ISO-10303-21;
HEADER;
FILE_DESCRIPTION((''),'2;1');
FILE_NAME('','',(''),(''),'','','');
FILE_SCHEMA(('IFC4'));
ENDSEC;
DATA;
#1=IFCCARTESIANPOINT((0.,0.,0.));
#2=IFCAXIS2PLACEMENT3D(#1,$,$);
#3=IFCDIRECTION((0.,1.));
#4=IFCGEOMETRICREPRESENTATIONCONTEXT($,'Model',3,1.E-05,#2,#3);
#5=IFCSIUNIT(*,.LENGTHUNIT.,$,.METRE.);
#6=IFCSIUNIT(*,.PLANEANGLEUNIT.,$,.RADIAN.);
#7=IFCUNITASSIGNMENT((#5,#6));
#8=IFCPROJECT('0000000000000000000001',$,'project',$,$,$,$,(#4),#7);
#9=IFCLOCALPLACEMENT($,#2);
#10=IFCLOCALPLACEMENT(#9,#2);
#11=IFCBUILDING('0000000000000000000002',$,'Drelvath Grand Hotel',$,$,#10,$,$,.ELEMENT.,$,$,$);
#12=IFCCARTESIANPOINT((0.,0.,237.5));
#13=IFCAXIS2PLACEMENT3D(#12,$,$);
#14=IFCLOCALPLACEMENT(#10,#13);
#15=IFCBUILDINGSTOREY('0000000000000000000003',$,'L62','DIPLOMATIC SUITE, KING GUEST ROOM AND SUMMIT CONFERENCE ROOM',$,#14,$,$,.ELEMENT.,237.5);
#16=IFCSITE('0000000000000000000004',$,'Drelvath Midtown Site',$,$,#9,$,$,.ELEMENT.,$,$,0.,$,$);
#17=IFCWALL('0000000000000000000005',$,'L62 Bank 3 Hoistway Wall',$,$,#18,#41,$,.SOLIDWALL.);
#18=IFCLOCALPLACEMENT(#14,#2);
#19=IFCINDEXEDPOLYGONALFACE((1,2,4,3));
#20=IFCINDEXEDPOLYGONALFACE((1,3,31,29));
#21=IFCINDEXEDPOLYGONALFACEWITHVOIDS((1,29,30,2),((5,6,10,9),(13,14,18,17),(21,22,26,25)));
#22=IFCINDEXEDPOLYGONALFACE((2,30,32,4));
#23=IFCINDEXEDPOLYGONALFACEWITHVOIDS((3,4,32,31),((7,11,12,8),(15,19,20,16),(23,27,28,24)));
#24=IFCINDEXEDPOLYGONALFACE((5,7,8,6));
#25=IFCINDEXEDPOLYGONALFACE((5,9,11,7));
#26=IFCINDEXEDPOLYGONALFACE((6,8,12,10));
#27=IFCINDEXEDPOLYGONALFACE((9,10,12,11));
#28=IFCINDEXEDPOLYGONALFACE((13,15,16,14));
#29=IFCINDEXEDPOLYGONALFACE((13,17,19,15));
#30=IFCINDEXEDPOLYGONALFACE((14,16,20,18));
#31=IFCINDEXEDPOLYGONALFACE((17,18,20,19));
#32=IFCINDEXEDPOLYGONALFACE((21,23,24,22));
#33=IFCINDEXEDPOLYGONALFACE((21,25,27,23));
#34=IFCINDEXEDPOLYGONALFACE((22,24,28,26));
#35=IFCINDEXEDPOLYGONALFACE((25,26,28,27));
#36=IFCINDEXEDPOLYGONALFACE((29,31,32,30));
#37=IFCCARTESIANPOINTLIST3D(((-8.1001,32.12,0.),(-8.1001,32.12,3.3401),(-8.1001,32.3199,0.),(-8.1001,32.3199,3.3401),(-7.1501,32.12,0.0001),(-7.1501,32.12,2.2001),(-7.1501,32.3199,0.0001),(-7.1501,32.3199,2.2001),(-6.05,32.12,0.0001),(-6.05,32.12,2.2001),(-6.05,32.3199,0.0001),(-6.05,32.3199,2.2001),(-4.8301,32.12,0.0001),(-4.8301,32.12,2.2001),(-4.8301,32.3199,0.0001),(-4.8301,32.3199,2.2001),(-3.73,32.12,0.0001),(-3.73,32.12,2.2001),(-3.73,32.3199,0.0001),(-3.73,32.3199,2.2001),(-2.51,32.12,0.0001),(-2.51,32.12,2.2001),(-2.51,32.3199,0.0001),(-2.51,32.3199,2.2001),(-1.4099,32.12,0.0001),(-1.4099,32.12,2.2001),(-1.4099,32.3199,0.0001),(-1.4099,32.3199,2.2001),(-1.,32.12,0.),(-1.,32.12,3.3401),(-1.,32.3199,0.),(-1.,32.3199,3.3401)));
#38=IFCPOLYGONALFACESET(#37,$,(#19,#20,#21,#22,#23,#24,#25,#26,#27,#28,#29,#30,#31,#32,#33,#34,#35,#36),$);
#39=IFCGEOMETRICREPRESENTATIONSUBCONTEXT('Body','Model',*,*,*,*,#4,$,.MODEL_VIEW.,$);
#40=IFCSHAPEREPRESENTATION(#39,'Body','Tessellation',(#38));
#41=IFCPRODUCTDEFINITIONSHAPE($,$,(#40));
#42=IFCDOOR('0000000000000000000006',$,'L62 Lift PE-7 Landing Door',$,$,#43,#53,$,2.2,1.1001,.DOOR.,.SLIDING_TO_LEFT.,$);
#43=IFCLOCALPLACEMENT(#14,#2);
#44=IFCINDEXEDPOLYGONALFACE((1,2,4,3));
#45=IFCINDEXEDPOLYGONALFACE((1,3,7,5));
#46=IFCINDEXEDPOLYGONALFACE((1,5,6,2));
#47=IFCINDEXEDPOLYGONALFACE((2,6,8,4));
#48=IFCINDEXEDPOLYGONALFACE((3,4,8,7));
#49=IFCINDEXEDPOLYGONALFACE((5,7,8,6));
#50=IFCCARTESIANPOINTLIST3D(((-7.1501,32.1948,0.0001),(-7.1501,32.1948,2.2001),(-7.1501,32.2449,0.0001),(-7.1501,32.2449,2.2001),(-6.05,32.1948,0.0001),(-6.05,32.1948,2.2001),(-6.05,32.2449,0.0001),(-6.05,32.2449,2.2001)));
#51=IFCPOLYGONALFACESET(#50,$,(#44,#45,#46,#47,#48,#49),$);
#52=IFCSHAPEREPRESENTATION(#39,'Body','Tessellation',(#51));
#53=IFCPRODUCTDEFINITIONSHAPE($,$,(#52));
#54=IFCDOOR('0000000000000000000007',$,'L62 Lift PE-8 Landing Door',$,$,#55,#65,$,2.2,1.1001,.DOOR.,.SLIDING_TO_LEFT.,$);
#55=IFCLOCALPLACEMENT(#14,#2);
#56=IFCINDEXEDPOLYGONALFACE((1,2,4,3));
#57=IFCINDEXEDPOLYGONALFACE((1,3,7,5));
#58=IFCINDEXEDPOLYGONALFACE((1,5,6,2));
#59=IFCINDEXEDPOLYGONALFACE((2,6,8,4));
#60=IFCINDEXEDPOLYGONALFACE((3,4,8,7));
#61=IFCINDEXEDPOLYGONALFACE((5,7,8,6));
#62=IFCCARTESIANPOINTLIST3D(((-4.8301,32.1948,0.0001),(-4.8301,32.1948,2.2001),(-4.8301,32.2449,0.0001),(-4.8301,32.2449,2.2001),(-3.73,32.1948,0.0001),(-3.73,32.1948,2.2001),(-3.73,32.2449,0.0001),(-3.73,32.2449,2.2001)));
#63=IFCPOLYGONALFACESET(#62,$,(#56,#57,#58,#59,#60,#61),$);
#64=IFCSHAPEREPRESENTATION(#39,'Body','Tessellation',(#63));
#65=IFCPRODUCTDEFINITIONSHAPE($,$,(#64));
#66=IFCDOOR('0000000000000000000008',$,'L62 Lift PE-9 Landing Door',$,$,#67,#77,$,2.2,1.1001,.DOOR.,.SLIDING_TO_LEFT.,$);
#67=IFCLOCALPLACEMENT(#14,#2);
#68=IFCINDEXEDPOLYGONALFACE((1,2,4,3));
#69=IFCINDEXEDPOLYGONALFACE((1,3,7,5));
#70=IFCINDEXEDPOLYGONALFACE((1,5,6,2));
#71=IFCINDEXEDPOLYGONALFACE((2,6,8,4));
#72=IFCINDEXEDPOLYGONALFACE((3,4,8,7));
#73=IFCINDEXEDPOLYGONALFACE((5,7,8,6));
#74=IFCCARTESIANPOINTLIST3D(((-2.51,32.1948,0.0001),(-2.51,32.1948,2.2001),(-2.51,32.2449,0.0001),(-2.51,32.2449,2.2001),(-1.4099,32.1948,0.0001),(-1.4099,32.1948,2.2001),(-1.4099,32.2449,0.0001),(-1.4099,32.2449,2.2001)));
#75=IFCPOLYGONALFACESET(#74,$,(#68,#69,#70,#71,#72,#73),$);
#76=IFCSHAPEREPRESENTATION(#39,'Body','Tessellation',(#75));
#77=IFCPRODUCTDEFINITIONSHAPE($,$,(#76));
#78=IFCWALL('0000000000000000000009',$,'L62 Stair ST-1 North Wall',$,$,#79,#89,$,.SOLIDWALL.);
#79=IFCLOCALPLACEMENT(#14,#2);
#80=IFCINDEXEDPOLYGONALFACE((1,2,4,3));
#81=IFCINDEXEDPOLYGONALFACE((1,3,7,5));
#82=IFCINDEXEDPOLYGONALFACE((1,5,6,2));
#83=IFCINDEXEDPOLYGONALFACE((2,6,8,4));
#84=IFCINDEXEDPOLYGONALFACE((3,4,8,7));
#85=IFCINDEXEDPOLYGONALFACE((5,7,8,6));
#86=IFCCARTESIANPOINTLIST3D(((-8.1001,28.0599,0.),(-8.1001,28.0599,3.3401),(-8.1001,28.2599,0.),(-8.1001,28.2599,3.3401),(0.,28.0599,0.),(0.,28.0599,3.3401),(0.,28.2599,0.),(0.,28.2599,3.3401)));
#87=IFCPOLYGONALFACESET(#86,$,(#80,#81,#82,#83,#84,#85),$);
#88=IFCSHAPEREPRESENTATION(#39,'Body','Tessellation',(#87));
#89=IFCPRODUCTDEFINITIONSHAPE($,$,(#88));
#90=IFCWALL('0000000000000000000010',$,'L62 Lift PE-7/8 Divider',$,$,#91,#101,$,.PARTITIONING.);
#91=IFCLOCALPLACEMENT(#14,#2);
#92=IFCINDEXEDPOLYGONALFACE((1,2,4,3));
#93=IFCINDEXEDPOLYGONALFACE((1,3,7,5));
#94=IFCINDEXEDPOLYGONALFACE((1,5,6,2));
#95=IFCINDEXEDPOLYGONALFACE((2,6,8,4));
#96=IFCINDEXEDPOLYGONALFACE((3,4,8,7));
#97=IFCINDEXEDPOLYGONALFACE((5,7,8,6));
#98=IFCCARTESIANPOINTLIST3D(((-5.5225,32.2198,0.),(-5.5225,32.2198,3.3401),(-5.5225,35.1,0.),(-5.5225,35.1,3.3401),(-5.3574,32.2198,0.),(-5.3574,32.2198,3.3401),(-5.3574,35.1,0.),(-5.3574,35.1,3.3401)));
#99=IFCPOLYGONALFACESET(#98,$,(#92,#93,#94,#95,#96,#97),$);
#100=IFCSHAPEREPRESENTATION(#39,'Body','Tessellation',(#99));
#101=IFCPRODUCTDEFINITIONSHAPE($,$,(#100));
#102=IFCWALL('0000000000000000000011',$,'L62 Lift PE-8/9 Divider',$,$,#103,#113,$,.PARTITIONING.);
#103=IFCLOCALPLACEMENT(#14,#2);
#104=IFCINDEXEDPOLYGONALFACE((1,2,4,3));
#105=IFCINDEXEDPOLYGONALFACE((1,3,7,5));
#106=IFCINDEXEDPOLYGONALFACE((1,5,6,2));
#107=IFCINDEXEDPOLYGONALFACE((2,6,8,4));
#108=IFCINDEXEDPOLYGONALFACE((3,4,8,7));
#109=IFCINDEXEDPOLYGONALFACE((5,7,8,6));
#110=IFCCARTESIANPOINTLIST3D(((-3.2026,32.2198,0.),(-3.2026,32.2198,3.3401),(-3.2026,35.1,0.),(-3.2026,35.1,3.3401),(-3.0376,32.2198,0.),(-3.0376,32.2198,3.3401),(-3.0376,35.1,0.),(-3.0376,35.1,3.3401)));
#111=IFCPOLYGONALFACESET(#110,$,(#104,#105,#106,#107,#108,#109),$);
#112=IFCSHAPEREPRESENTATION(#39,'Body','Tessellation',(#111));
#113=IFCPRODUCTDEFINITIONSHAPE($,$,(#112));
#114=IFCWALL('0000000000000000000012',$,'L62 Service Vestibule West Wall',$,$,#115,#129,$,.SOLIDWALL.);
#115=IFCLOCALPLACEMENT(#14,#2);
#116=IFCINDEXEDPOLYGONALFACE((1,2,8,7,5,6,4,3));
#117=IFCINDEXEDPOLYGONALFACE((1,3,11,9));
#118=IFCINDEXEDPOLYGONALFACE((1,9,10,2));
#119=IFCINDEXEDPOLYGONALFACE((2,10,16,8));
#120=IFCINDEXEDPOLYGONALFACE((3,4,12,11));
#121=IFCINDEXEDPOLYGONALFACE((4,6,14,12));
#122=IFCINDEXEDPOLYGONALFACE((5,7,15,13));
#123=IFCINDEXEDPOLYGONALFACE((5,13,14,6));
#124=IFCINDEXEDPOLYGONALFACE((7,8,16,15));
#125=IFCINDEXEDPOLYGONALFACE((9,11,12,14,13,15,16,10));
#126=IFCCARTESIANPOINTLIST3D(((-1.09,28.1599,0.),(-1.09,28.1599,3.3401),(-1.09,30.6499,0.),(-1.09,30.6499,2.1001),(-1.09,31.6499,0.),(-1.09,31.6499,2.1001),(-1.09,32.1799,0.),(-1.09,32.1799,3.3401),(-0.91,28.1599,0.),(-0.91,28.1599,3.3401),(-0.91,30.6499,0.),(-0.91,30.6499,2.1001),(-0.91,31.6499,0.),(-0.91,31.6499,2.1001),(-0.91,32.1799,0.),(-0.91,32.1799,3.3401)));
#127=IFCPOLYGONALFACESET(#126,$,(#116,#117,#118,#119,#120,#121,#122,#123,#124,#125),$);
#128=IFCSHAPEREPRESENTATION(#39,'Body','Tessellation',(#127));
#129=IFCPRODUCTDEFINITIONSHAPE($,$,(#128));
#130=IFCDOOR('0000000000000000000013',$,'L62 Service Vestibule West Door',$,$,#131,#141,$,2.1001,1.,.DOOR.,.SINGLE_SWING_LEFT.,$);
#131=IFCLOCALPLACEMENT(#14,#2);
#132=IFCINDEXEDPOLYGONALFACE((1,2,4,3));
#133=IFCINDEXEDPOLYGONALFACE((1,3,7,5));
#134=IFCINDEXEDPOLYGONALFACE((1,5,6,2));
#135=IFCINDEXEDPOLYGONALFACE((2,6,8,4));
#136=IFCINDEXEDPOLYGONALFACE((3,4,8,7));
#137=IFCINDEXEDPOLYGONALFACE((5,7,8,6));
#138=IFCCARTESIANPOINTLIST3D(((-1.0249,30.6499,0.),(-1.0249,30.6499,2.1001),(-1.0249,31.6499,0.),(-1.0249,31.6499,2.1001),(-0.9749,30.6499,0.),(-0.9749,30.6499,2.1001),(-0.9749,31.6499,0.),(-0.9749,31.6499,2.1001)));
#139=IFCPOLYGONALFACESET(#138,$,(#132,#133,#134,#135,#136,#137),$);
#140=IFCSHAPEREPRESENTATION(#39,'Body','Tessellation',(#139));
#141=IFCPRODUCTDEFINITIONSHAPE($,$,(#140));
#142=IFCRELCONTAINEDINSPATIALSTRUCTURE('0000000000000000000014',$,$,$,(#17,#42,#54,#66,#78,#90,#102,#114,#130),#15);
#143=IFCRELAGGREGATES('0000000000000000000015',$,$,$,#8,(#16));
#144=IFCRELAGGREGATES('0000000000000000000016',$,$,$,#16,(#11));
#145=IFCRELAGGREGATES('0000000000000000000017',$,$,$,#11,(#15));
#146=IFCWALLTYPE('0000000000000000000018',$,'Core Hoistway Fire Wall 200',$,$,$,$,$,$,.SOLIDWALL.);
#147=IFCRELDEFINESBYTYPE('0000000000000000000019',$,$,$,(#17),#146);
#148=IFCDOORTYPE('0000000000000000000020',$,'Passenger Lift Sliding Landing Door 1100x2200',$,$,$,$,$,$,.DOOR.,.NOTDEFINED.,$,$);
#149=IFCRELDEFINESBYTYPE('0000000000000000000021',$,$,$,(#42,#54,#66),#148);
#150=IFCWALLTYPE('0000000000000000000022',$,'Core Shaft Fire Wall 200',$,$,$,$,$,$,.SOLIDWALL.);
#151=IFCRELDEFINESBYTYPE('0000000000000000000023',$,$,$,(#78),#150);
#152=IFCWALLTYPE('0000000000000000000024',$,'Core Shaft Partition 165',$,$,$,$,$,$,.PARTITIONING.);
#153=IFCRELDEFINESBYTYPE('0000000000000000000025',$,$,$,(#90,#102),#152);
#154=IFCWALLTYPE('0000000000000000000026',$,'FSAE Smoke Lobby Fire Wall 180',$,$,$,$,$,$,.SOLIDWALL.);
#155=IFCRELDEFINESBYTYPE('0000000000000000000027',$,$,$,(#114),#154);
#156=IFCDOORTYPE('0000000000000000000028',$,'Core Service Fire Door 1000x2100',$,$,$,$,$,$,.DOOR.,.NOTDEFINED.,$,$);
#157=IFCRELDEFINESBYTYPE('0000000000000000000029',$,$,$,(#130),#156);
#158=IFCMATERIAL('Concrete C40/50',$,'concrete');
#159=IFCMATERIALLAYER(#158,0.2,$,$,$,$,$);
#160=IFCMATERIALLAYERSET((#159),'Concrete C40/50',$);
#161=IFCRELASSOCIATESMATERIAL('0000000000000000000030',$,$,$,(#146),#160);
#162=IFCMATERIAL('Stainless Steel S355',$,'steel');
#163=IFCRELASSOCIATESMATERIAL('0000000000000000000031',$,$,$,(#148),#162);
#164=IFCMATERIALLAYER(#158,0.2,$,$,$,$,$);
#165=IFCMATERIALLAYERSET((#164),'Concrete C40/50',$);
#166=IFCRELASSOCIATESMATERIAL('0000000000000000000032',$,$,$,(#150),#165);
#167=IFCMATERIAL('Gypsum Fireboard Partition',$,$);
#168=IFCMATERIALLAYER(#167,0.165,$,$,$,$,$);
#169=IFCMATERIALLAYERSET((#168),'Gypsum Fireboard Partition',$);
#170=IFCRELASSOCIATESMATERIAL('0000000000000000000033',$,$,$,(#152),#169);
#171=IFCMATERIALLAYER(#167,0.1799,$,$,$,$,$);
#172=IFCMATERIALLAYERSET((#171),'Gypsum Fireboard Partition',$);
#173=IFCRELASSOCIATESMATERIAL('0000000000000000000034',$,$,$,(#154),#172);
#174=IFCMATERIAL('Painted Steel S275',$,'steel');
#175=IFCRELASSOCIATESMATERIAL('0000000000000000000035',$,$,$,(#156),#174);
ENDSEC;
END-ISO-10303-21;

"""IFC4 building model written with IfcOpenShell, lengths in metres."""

from ifc_helpers import new_model, si_unit, direction, frame, frame_2d, origin, place, context, subcontext, project, spatial, rectangle, extrude, material, layer, layer_set, type_object, element, fill, save


model = new_model("IFC4")

# Units and contexts
model_context = context("Model", 3, precision=1e-05, world=origin(), true_north=direction((0.0, 1.0)))
body_context = subcontext(model_context, "Body", "Model", "MODEL_VIEW")
ifc_project = project(units=[si_unit("LENGTHUNIT", "METRE"), si_unit("PLANEANGLEUNIT", "RADIAN")], contexts=[model_context])

# Site, building, storey
site_placement = place(None, origin())
site = spatial("IfcSite", under=ifc_project, at=site_placement, Name="Drelvath Midtown Site", CompositionType="ELEMENT", RefElevation=0.0)
building_placement = place(site_placement, origin())
building = spatial("IfcBuilding", under=site, at=building_placement, Name="Drelvath Grand Hotel", CompositionType="ELEMENT")
storey_placement = place(building_placement, frame((0.0, 0.0, 237.5)))
storey = spatial("IfcBuildingStorey", under=building, at=storey_placement, Name="L62", Description="DIPLOMATIC SUITE, KING GUEST ROOM AND SUMMIT CONFERENCE ROOM", CompositionType="ELEMENT", Elevation=237.5)

# Shared definitions
ifc_material_1 = material(Name="Painted Steel S275", Category="steel")

# Wall, openings, doors
ifc_material_2 = material(Name="Concrete C40/50", Category="concrete")
ifc_layer_1 = layer(ifc_material_2, 0.2)
ifc_layer_set_1 = layer_set([ifc_layer_1], Name="Concrete C40/50")
wall_type_1 = type_object("IfcWallType", Name="Core Hoistway Fire Wall 200", PredefinedType="SOLIDWALL", material=ifc_layer_set_1)
ifc_material_3 = material(Name="Stainless Steel S355", Category="steel")
wall_1_placement = place(storey_placement, frame((-8.1001, 32.22, 0.0), z_axis=(0.0, 0.0, 1.0), x_axis=(1.0, 0.0, 0.0)))
wall_1 = element("IfcWall", 1, at=wall_1_placement, inside=storey, type_object=wall_type_1, Name="L62 Bank 3 Hoistway Wall", PredefinedType="SOLIDWALL", context=body_context, shape_type="SweptSolid", body=[
    extrude(rectangle(XDim=7.1001, YDim=0.2, at=frame_2d((3.55, 0.0))), origin(), (0.0, 0.0, 1.0), 3.3401),
])
opening_1_placement = place(wall_1_placement, frame((0.95, 0.0, 0.0)))
opening_1 = element("IfcOpeningElement", 2, at=opening_1_placement, cuts=wall_1, PredefinedType="OPENING", context=body_context, shape_type="SweptSolid", body=[
    extrude(rectangle(XDim=1.1001, YDim=2.2, at=frame_2d((0.55, 1.1001))), frame((0.0, 0.1099, 0.0), z_axis=(0.0, -1.0, 0.0), x_axis=(1.0, 0.0, 0.0)), (0.0, 0.0, 1.0), 0.22),
])
opening_2_placement = place(wall_1_placement, frame((3.27, 0.0, 0.0)))
opening_2 = element("IfcOpeningElement", 3, at=opening_2_placement, cuts=wall_1, PredefinedType="OPENING", context=body_context, shape_type="SweptSolid", body=[
    extrude(rectangle(XDim=1.1001, YDim=2.2, at=frame_2d((0.55, 1.1001))), frame((0.0, 0.1099, 0.0), z_axis=(0.0, -1.0, 0.0), x_axis=(1.0, 0.0, 0.0)), (0.0, 0.0, 1.0), 0.22),
])
opening_3_placement = place(wall_1_placement, frame((5.5901, 0.0, 0.0)))
opening_3 = element("IfcOpeningElement", 4, at=opening_3_placement, cuts=wall_1, PredefinedType="OPENING", context=body_context, shape_type="SweptSolid", body=[
    extrude(rectangle(XDim=1.1001, YDim=2.2, at=frame_2d((0.55, 1.1001))), frame((0.0, 0.1099, 0.0), z_axis=(0.0, -1.0, 0.0), x_axis=(1.0, 0.0, 0.0)), (0.0, 0.0, 1.0), 0.22),
])
door_type_1 = type_object("IfcDoorType", Name="Passenger Lift Sliding Landing Door 1100x2200", OperationType="NOTDEFINED", PredefinedType="DOOR", material=ifc_material_3)
door_1_placement = place(opening_1_placement, origin())
door_1 = element("IfcDoor", 5, at=door_1_placement, inside=storey, type_object=door_type_1, Name="L62 Lift PE-7 Landing Door", OperationType="SLIDING_TO_LEFT", OverallHeight=2.2, OverallWidth=1.1001, PredefinedType="DOOR", context=body_context, shape_type="SweptSolid", body=[
    extrude(rectangle(XDim=1.1001, YDim=2.2, at=frame_2d((0.55, 1.1001))), frame((0.0, 0.0249, 0.0), z_axis=(0.0, -1.0, 0.0), x_axis=(1.0, 0.0, 0.0)), (0.0, 0.0, 1.0), 0.05),
])
fill(opening_1, door_1)
door_2_placement = place(opening_2_placement, origin())
door_2 = element("IfcDoor", 6, at=door_2_placement, inside=storey, type_object=door_type_1, Name="L62 Lift PE-8 Landing Door", OperationType="SLIDING_TO_LEFT", OverallHeight=2.2, OverallWidth=1.1001, PredefinedType="DOOR", context=body_context, shape_type="SweptSolid", body=[
    extrude(rectangle(XDim=1.1001, YDim=2.2, at=frame_2d((0.55, 1.1001))), frame((0.0, 0.0249, 0.0), z_axis=(0.0, -1.0, 0.0), x_axis=(1.0, 0.0, 0.0)), (0.0, 0.0, 1.0), 0.05),
])
fill(opening_2, door_2)
door_3_placement = place(opening_3_placement, origin())
door_3 = element("IfcDoor", 7, at=door_3_placement, inside=storey, type_object=door_type_1, Name="L62 Lift PE-9 Landing Door", OperationType="SLIDING_TO_LEFT", OverallHeight=2.2, OverallWidth=1.1001, PredefinedType="DOOR", context=body_context, shape_type="SweptSolid", body=[
    extrude(rectangle(XDim=1.1001, YDim=2.2, at=frame_2d((0.55, 1.1001))), frame((0.0, 0.0249, 0.0), z_axis=(0.0, -1.0, 0.0), x_axis=(1.0, 0.0, 0.0)), (0.0, 0.0, 1.0), 0.05),
])
fill(opening_3, door_3)

# Walls
ifc_layer_2 = layer(ifc_material_2, 0.2)
ifc_layer_set_2 = layer_set([ifc_layer_2], Name="Concrete C40/50")
wall_type_2 = type_object("IfcWallType", Name="Core Shaft Fire Wall 200", PredefinedType="SOLIDWALL", material=ifc_layer_set_2)
wall_2_placement = place(storey_placement, frame((-8.1001, 28.1599, 0.0), z_axis=(0.0, 0.0, 1.0), x_axis=(1.0, 0.0, 0.0)))
element("IfcWall", 8, at=wall_2_placement, inside=storey, type_object=wall_type_2, Name="L62 Stair ST-1 North Wall", PredefinedType="SOLIDWALL", context=body_context, shape_type="SweptSolid", body=[
    extrude(rectangle(XDim=8.1001, YDim=0.2, at=frame_2d((4.05, 0.0))), origin(), (0.0, 0.0, 1.0), 3.3401),
])
ifc_material_4 = material(Name="Gypsum Fireboard Partition")
ifc_layer_3 = layer(ifc_material_4, 0.165)
ifc_layer_set_3 = layer_set([ifc_layer_3], Name="Gypsum Fireboard Partition")
wall_type_3 = type_object("IfcWallType", Name="Core Shaft Partition 165", PredefinedType="PARTITIONING", material=ifc_layer_set_3)
for number, where, z_axis, x_axis, name in (
    (9, (-5.4399, 32.22, 0.0), (0.0, 0.0, 1.0), (0.0, 1.0, 0.0), "L62 Lift PE-7/8 Divider"),
    (10, (-3.1201, 32.22, 0.0), (0.0, 0.0, 1.0), (0.0, 1.0, 0.0), "L62 Lift PE-8/9 Divider"),
):
    element("IfcWall", number, at=place(storey_placement, frame(where, z_axis=z_axis, x_axis=x_axis)), inside=storey, type_object=wall_type_3, Name=name, PredefinedType="PARTITIONING", context=body_context, shape_type="SweptSolid", body=[
        extrude(rectangle(XDim=2.8801, YDim=0.165, at=frame_2d((1.4399, 0.0))), origin(), (0.0, 0.0, 1.0), 3.3401),
    ])

# Wall, opening, door
ifc_layer_4 = layer(ifc_material_4, 0.1799)
ifc_layer_set_4 = layer_set([ifc_layer_4], Name="Gypsum Fireboard Partition")
wall_type_4 = type_object("IfcWallType", Name="FSAE Smoke Lobby Fire Wall 180", PredefinedType="SOLIDWALL", material=ifc_layer_set_4)
wall_3_placement = place(storey_placement, frame((-1.0, 28.1599, 0.0), z_axis=(0.0, 0.0, 1.0), x_axis=(0.0, 1.0, 0.0)))
wall_3 = element("IfcWall", 11, at=wall_3_placement, inside=storey, type_object=wall_type_4, Name="L62 Service Vestibule West Wall", PredefinedType="SOLIDWALL", context=body_context, shape_type="SweptSolid", body=[
    extrude(rectangle(XDim=4.02, YDim=0.1799, at=frame_2d((2.01, 0.0))), origin(), (0.0, 0.0, 1.0), 3.3401),
])
opening_4_placement = place(wall_3_placement, frame((2.49, 0.0, 0.0)))
opening_4 = element("IfcOpeningElement", 12, at=opening_4_placement, cuts=wall_3, PredefinedType="OPENING", context=body_context, shape_type="SweptSolid", body=[
    extrude(rectangle(XDim=1.0, YDim=2.1001, at=frame_2d((0.5, 1.05))), frame((0.0, 0.0999, 0.0), z_axis=(0.0, -1.0, 0.0), x_axis=(1.0, 0.0, 0.0)), (0.0, 0.0, 1.0), 0.2),
])
door_type_2 = type_object("IfcDoorType", Name="Core Service Fire Door 1000x2100", OperationType="NOTDEFINED", PredefinedType="DOOR", material=ifc_material_1)
door_4_placement = place(opening_4_placement, origin())
door_4 = element("IfcDoor", 13, at=door_4_placement, inside=storey, type_object=door_type_2, Name="L62 Service Vestibule West Door", OperationType="SINGLE_SWING_LEFT", OverallHeight=2.1001, OverallWidth=1.0, PredefinedType="DOOR", context=body_context, shape_type="SweptSolid", body=[
    extrude(rectangle(XDim=1.0, YDim=2.1001, at=frame_2d((0.5, 1.05))), frame((0.0, 0.0249, 0.0), z_axis=(0.0, -1.0, 0.0), x_axis=(1.0, 0.0, 0.0)), (0.0, 0.0, 1.0), 0.05),
])
fill(opening_4, door_4)

save(model, "model.ifc")
